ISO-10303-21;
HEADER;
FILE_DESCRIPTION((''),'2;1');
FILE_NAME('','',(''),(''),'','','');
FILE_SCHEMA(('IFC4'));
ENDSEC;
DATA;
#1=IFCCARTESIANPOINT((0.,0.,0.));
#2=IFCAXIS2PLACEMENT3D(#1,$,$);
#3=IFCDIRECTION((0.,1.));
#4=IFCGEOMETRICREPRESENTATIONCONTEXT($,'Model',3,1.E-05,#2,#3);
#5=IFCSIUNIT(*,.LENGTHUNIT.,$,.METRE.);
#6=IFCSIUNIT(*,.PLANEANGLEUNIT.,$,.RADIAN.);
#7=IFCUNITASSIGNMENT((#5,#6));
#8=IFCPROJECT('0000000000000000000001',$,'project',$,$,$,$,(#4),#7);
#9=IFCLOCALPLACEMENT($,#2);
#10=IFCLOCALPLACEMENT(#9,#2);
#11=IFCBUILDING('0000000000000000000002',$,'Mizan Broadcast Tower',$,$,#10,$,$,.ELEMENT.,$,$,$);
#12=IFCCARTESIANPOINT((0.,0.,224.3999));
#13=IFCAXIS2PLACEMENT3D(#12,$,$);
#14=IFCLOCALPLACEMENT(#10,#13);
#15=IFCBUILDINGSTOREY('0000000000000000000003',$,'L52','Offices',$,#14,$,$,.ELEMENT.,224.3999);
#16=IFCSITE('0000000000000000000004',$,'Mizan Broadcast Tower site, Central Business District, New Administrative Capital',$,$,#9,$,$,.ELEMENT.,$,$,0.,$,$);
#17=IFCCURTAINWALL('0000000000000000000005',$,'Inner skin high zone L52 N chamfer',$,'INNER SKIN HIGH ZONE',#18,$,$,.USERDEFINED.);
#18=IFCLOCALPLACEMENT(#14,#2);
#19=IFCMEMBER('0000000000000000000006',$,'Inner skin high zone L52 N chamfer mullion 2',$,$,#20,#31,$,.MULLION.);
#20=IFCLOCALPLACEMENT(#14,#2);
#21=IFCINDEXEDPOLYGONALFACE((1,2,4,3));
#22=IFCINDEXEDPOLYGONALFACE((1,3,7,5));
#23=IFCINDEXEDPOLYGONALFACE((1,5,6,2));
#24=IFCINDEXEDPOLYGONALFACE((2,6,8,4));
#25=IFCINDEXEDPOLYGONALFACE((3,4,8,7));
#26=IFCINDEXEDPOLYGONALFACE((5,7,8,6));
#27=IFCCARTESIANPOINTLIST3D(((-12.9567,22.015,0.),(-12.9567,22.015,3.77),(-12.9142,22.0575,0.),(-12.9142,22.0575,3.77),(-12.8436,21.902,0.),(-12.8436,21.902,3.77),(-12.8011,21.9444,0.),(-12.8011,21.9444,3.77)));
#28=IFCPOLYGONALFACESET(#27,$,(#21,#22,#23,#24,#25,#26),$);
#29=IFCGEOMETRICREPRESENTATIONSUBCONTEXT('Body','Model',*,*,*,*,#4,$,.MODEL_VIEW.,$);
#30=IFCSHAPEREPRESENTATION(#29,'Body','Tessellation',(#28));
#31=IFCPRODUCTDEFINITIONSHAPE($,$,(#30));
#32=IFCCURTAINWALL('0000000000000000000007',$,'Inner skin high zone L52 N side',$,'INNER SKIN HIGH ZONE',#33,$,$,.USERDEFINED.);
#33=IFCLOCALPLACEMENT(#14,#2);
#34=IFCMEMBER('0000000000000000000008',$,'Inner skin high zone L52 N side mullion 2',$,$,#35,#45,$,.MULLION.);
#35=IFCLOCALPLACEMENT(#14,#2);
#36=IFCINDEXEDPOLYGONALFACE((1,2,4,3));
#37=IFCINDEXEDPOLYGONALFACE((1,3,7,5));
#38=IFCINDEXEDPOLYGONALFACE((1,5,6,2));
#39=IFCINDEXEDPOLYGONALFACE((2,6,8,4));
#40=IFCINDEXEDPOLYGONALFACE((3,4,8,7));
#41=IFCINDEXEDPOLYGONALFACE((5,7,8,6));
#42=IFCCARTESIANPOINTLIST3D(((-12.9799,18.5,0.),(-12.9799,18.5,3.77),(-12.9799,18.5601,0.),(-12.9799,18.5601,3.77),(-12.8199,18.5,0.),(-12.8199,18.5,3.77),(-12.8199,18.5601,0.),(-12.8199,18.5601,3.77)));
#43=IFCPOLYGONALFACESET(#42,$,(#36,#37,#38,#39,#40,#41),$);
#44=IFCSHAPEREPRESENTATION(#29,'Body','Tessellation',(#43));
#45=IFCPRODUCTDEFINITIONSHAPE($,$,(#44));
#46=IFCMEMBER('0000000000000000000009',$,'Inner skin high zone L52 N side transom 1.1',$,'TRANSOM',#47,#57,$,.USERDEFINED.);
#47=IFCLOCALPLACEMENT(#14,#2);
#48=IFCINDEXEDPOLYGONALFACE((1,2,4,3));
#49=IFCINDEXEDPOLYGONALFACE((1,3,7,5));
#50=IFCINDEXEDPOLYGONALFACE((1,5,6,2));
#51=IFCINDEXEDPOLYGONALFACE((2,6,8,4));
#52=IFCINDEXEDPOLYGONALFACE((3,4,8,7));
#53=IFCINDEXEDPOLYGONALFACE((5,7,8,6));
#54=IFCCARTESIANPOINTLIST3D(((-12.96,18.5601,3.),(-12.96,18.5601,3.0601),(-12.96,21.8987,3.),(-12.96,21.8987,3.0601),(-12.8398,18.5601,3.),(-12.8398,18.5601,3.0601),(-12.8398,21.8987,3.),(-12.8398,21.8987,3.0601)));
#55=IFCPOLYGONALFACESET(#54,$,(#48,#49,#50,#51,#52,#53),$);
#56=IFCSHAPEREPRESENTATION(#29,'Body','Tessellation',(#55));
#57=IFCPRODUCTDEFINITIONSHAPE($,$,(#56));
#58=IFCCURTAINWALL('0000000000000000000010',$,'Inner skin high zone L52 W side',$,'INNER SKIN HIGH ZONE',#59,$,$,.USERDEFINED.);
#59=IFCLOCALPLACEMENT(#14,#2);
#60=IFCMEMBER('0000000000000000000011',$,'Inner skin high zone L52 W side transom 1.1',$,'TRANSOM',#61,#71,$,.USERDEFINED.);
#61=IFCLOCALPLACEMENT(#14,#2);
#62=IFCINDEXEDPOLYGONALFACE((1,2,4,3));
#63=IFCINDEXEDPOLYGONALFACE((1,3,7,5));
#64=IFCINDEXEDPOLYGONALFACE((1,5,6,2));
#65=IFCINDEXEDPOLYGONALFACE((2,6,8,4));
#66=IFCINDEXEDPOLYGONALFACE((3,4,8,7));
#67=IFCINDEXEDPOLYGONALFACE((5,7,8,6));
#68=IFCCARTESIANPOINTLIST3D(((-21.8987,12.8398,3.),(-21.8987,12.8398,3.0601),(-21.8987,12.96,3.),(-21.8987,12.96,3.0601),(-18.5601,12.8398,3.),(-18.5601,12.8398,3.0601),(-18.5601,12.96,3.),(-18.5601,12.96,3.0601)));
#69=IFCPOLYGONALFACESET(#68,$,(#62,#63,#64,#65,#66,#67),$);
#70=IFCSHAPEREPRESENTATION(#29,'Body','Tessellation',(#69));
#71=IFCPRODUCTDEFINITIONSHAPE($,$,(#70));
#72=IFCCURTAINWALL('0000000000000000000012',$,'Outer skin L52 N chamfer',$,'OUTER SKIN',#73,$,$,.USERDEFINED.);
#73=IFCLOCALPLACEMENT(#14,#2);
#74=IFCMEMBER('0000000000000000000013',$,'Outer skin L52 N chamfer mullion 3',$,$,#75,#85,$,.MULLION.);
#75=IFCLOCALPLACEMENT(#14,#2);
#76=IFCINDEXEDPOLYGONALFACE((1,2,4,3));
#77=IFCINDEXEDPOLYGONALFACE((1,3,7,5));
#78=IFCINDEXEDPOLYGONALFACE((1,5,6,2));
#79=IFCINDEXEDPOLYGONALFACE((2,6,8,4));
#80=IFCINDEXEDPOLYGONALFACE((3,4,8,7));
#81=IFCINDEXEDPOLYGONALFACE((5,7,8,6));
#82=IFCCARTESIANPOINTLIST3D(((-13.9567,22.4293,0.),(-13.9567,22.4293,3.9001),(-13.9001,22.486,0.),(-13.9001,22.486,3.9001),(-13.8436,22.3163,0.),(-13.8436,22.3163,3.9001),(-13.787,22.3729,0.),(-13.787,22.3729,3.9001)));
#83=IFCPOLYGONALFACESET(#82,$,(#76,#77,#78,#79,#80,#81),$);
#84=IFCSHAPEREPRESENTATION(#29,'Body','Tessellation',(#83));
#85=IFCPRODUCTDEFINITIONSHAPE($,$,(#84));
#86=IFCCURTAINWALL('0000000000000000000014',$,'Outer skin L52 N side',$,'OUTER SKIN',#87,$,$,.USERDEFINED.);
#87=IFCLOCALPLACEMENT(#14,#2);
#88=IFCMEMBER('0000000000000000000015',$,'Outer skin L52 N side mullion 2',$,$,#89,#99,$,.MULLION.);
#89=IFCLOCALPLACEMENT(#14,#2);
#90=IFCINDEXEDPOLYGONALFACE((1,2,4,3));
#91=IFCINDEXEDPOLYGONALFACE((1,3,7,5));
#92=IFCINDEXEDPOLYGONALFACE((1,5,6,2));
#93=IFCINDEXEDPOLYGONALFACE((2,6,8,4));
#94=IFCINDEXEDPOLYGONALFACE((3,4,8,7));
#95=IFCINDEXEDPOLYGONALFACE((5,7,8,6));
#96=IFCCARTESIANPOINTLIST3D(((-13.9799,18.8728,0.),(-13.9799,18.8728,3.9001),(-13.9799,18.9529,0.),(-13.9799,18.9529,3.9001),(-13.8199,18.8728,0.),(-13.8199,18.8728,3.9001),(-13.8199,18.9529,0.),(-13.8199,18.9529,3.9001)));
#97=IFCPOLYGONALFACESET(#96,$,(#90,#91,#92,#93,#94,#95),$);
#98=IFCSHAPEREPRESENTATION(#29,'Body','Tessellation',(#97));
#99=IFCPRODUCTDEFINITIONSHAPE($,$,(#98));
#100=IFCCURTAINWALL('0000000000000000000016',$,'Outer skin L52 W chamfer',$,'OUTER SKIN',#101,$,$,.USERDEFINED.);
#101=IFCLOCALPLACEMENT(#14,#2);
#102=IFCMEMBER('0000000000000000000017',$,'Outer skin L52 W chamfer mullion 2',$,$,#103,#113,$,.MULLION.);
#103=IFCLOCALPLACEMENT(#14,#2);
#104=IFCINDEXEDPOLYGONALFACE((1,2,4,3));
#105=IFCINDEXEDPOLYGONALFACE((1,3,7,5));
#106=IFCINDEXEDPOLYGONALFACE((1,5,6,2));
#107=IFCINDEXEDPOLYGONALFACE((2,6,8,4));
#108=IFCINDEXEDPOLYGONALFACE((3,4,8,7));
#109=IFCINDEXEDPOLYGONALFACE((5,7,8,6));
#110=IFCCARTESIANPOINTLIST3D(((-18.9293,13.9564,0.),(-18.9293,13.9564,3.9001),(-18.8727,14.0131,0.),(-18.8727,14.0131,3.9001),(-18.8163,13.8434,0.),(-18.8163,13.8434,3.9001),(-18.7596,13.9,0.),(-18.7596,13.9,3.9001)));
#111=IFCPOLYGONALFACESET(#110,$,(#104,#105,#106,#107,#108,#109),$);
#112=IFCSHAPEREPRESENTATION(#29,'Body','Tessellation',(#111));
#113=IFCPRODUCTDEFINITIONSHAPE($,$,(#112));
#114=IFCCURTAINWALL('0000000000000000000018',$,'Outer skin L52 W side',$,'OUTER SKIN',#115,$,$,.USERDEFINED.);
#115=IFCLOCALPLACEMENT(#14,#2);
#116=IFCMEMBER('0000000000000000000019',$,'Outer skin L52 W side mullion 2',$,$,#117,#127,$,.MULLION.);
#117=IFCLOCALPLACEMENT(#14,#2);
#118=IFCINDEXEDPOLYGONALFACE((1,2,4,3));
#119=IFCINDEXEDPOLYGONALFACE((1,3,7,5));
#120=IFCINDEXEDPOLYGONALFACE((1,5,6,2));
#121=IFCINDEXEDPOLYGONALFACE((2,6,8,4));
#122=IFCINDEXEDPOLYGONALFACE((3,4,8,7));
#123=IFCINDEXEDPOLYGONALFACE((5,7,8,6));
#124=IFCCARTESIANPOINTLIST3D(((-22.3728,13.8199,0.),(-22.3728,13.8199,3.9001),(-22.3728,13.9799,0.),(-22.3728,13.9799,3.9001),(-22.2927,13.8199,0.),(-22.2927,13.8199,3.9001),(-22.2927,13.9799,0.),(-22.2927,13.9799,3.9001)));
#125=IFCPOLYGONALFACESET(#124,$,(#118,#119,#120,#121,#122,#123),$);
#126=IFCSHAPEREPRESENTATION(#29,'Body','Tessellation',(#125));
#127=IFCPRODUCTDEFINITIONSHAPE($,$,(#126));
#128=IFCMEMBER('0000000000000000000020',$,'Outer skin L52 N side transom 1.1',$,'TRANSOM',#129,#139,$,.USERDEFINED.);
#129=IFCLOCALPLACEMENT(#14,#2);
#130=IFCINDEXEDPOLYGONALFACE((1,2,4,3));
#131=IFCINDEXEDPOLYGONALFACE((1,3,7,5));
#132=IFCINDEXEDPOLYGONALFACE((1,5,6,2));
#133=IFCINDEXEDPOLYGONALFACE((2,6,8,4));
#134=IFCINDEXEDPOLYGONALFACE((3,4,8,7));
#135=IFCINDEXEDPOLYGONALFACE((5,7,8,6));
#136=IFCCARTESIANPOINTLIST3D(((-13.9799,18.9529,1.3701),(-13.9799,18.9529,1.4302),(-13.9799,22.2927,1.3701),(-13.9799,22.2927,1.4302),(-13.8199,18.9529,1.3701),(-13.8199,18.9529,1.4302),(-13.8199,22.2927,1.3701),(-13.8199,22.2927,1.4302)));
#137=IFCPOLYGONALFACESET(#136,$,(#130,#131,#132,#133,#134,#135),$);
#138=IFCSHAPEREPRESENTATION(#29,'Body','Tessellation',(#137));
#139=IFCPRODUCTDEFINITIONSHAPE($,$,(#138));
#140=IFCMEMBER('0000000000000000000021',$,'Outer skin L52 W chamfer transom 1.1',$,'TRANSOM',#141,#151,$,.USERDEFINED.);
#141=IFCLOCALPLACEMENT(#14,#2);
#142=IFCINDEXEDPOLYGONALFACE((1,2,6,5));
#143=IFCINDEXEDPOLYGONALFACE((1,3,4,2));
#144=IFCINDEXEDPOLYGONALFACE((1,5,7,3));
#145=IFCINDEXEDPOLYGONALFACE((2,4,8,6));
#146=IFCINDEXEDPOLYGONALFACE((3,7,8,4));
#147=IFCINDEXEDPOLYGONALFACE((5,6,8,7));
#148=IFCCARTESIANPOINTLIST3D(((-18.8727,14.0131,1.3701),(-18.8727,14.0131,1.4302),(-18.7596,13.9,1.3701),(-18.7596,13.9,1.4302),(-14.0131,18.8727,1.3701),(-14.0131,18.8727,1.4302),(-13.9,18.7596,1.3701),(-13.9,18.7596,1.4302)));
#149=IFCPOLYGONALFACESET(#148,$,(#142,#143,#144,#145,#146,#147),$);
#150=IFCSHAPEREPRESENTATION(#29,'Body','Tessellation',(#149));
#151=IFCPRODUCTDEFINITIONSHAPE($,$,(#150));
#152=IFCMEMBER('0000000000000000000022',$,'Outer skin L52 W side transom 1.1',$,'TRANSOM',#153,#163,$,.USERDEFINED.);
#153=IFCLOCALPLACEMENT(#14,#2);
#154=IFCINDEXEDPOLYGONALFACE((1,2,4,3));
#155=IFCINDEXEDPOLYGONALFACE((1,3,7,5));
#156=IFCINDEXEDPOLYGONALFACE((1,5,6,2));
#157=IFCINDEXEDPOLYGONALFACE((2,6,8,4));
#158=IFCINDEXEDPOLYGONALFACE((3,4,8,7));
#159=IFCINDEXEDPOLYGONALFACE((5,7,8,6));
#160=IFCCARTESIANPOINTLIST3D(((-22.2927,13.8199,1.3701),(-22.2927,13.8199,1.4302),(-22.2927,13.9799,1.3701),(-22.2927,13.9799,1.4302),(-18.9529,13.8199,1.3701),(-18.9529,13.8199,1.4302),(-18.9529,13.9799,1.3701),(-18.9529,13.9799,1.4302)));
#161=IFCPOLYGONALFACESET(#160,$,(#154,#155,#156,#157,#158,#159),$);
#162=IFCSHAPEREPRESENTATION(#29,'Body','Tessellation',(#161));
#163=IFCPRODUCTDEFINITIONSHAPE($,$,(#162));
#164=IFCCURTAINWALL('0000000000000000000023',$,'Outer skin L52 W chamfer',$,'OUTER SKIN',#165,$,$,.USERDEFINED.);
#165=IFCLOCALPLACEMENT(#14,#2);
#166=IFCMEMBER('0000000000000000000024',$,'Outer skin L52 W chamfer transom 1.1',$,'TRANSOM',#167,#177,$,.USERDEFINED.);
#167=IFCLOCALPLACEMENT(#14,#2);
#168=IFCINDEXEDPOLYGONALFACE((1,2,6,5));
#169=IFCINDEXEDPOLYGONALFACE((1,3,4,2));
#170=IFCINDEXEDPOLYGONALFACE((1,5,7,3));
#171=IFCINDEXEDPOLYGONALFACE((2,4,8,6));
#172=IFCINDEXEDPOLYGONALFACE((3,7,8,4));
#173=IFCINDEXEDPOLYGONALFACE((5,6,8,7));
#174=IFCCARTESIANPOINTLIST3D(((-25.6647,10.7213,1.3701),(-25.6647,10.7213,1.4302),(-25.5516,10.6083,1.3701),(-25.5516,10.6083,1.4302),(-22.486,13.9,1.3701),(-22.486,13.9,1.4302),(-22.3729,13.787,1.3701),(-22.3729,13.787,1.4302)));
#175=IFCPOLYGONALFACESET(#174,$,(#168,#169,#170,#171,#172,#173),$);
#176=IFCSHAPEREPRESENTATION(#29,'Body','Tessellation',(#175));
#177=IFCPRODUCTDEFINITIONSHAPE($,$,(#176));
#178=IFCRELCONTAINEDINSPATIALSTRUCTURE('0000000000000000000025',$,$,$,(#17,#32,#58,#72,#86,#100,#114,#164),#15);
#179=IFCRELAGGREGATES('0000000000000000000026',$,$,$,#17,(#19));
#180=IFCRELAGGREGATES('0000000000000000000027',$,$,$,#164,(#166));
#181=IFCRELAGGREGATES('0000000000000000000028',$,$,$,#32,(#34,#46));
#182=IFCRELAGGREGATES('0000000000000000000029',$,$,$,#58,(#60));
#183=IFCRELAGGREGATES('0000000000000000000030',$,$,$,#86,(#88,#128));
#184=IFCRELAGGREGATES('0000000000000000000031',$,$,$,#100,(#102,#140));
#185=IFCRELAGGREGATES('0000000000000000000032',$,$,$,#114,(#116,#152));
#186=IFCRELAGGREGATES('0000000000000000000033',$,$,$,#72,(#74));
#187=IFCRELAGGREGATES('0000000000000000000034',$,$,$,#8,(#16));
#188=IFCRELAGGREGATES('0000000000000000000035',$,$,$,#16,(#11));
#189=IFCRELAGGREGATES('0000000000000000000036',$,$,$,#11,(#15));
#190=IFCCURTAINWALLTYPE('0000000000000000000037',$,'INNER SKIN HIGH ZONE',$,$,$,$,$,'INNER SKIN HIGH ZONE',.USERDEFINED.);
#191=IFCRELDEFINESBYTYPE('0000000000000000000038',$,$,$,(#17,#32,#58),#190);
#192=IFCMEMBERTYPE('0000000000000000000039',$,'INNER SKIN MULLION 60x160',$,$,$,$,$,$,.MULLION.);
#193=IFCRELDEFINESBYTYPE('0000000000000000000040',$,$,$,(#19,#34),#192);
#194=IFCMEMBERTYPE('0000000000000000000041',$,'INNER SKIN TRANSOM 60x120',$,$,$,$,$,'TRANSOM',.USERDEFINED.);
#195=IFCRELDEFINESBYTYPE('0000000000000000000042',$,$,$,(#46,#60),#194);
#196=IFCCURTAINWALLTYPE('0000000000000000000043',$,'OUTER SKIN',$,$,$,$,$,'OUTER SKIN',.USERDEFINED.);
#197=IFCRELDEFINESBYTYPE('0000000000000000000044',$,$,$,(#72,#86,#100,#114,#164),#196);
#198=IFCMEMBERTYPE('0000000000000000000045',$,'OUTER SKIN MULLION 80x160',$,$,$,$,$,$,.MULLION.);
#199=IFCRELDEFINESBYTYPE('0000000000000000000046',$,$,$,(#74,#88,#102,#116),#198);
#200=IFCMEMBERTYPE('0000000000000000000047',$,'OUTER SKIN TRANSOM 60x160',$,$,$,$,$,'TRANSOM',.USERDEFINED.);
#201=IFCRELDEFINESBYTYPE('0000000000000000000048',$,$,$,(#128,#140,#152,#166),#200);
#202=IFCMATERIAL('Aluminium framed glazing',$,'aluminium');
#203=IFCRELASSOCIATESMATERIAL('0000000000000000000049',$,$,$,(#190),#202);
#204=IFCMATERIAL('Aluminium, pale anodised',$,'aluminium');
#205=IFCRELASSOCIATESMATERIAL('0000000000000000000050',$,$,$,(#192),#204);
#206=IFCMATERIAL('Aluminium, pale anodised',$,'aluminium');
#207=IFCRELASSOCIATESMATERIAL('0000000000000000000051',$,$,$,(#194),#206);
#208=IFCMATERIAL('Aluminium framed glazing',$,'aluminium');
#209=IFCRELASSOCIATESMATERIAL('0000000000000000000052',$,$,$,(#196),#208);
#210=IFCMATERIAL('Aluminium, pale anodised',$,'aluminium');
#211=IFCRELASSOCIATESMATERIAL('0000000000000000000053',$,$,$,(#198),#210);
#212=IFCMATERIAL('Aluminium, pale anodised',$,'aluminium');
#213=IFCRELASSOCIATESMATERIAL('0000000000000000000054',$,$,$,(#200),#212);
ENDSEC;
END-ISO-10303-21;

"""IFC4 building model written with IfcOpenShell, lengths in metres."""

from ifc_helpers import new_model, si_unit, direction, frame, origin, origin_2d, place, context, subcontext, project, spatial, rectangle, extrude, material, material_profile, profile_set, type_object, element, aggregate, save


model = new_model("IFC4")

# Units and contexts
model_context = context("Model", 3, precision=1e-05, world=origin(), true_north=direction((0.0, 1.0)))
body_context = subcontext(model_context, "Body", "Model", "MODEL_VIEW")
ifc_project = project(units=[si_unit("LENGTHUNIT", "METRE"), si_unit("PLANEANGLEUNIT", "RADIAN")], contexts=[model_context])

# Site, building, storey
site_placement = place(None, origin())
site = spatial("IfcSite", under=ifc_project, at=site_placement, Name="Mizan Broadcast Tower site, Central Business District, New Administrative Capital", CompositionType="ELEMENT", RefElevation=0.0)
building_placement = place(site_placement, origin())
building = spatial("IfcBuilding", under=site, at=building_placement, Name="Mizan Broadcast Tower", CompositionType="ELEMENT")
storey_placement = place(building_placement, frame((0.0, 0.0, 224.3999)))
storey = spatial("IfcBuildingStorey", under=building, at=storey_placement, Name="L52", Description="Offices", CompositionType="ELEMENT", Elevation=224.3999)

# Curtain wall, member
ifc_material_1 = material(Name="Aluminium framed glazing", Category="aluminium")
curtain_wall_type_1 = type_object("IfcCurtainWallType", Name="INNER SKIN HIGH ZONE", ElementType="INNER SKIN HIGH ZONE", PredefinedType="USERDEFINED", material=ifc_material_1)
curtain_wall_1_placement = place(storey_placement, origin())
curtain_wall_1 = element("IfcCurtainWall", 1, at=curtain_wall_1_placement, inside=storey, type_object=curtain_wall_type_1, Name="Inner skin high zone L52 N chamfer", ObjectType="INNER SKIN HIGH ZONE", PredefinedType="USERDEFINED")
ifc_material_2 = material(Name="Aluminium, pale anodised", Category="aluminium")
ifc_material_profile_1 = material_profile(ifc_material_2, rectangle(XDim=0.1599, YDim=0.0601, at=origin_2d()), Name="MULLION 160x60")
ifc_profile_set_1 = profile_set([ifc_material_profile_1], Name="Aluminium, pale anodised")
member_type_1 = type_object("IfcMemberType", Name="INNER SKIN MULLION 60x160", PredefinedType="MULLION", material=ifc_profile_set_1)
member_1_placement = place(storey_placement, frame((-12.8789, 21.9797, 0.0), z_axis=(0.0, 0.0, 1.0), x_axis=(0.707107, -0.707107, 0.0)))
member_1 = element("IfcMember", 2, at=member_1_placement, type_object=member_type_1, Name="Inner skin high zone L52 N chamfer mullion 2", PredefinedType="MULLION", context=body_context, shape_type="SweptSolid", body=[
    extrude(rectangle(XDim=0.1599, YDim=0.0601, at=origin_2d()), origin(), (0.0, 0.0, 1.0), 3.77),
])
aggregate(curtain_wall_1, [member_1])

# Curtain wall, members
curtain_wall_2_placement = place(storey_placement, origin())
curtain_wall_2 = element("IfcCurtainWall", 3, at=curtain_wall_2_placement, inside=storey, type_object=curtain_wall_type_1, Name="Inner skin high zone L52 N side", ObjectType="INNER SKIN HIGH ZONE", PredefinedType="USERDEFINED")
member_2_placement = place(storey_placement, frame((-12.8999, 18.53, 0.0), z_axis=(0.0, 0.0, 1.0), x_axis=(1.0, 0.0, 0.0)))
member_2 = element("IfcMember", 4, at=member_2_placement, type_object=member_type_1, Name="Inner skin high zone L52 N side mullion 2", PredefinedType="MULLION", context=body_context, shape_type="SweptSolid", body=[
    extrude(rectangle(XDim=0.1599, YDim=0.0601, at=origin_2d()), origin(), (0.0, 0.0, 1.0), 3.77),
])
ifc_material_3 = material(Name="Aluminium, pale anodised", Category="aluminium")
ifc_material_profile_2 = material_profile(ifc_material_3, rectangle(XDim=0.1201, YDim=0.0601, at=origin_2d()), Name="TRANSOM 120x60")
ifc_profile_set_2 = profile_set([ifc_material_profile_2], Name="Aluminium, pale anodised")
member_type_2 = type_object("IfcMemberType", Name="INNER SKIN TRANSOM 60x120", ElementType="TRANSOM", PredefinedType="USERDEFINED", material=ifc_profile_set_2)
member_3_placement = place(storey_placement, frame((-12.8999, 21.8987, 3.03), z_axis=(0.0, -1.0, 0.0), x_axis=(1.0, 0.0, 0.0)))
member_3 = element("IfcMember", 5, at=member_3_placement, type_object=member_type_2, Name="Inner skin high zone L52 N side transom 1.1", ObjectType="TRANSOM", PredefinedType="USERDEFINED", context=body_context, shape_type="SweptSolid", body=[
    extrude(rectangle(XDim=0.1201, YDim=0.0601, at=origin_2d()), origin(), (0.0, 0.0, 1.0), 3.3386),
])

# Curtain walls, members
curtain_wall_3_placement = place(storey_placement, origin())
curtain_wall_3 = element("IfcCurtainWall", 6, at=curtain_wall_3_placement, inside=storey, type_object=curtain_wall_type_1, Name="Inner skin high zone L52 W side", ObjectType="INNER SKIN HIGH ZONE", PredefinedType="USERDEFINED")
member_4_placement = place(storey_placement, frame((-18.5601, 12.8999, 3.03), z_axis=(-1.0, 0.0, 0.0), x_axis=(0.0, -1.0, 0.0)))
member_4 = element("IfcMember", 7, at=member_4_placement, type_object=member_type_2, Name="Inner skin high zone L52 W side transom 1.1", ObjectType="TRANSOM", PredefinedType="USERDEFINED", context=body_context, shape_type="SweptSolid", body=[
    extrude(rectangle(XDim=0.1201, YDim=0.0601, at=origin_2d()), origin(), (0.0, 0.0, 1.0), 3.3386),
])
ifc_material_4 = material(Name="Aluminium framed glazing", Category="aluminium")
curtain_wall_type_2 = type_object("IfcCurtainWallType", Name="OUTER SKIN", ElementType="OUTER SKIN", PredefinedType="USERDEFINED", material=ifc_material_4)
curtain_wall_4_placement = place(storey_placement, origin())
curtain_wall_4 = element("IfcCurtainWall", 8, at=curtain_wall_4_placement, inside=storey, type_object=curtain_wall_type_2, Name="Outer skin L52 N chamfer", ObjectType="OUTER SKIN", PredefinedType="USERDEFINED")
ifc_material_5 = material(Name="Aluminium, pale anodised", Category="aluminium")
ifc_material_profile_3 = material_profile(ifc_material_5, rectangle(XDim=0.1599, YDim=0.0801, at=origin_2d()), Name="MULLION 160x80")
ifc_profile_set_3 = profile_set([ifc_material_profile_3], Name="Aluminium, pale anodised")
member_type_3 = type_object("IfcMemberType", Name="OUTER SKIN MULLION 80x160", PredefinedType="MULLION", material=ifc_profile_set_3)
member_5_placement = place(storey_placement, frame((-13.8718, 22.4011, 0.0), z_axis=(0.0, 0.0, 1.0), x_axis=(0.707107, -0.707107, 0.0)))
member_5 = element("IfcMember", 9, at=member_5_placement, type_object=member_type_3, Name="Outer skin L52 N chamfer mullion 3", PredefinedType="MULLION", context=body_context, shape_type="SweptSolid", body=[
    extrude(rectangle(XDim=0.1599, YDim=0.0801, at=origin_2d()), origin(), (0.0, 0.0, 1.0), 3.9001),
])
curtain_wall_5_placement = place(storey_placement, origin())
curtain_wall_5 = element("IfcCurtainWall", 10, at=curtain_wall_5_placement, inside=storey, type_object=curtain_wall_type_2, Name="Outer skin L52 N side", ObjectType="OUTER SKIN", PredefinedType="USERDEFINED")
member_6_placement = place(storey_placement, frame((-13.8999, 18.9128, 0.0), z_axis=(0.0, 0.0, 1.0), x_axis=(1.0, 0.0, 0.0)))
member_6 = element("IfcMember", 11, at=member_6_placement, type_object=member_type_3, Name="Outer skin L52 N side mullion 2", PredefinedType="MULLION", context=body_context, shape_type="SweptSolid", body=[
    extrude(rectangle(XDim=0.1599, YDim=0.0801, at=origin_2d()), origin(), (0.0, 0.0, 1.0), 3.9001),
])
curtain_wall_6_placement = place(storey_placement, origin())
curtain_wall_6 = element("IfcCurtainWall", 12, at=curtain_wall_6_placement, inside=storey, type_object=curtain_wall_type_2, Name="Outer skin L52 W chamfer", ObjectType="OUTER SKIN", PredefinedType="USERDEFINED")
member_7_placement = place(storey_placement, frame((-18.8445, 13.9282, 0.0), z_axis=(0.0, 0.0, 1.0), x_axis=(0.707107, -0.707107, 0.0)))
member_7 = element("IfcMember", 13, at=member_7_placement, type_object=member_type_3, Name="Outer skin L52 W chamfer mullion 2", PredefinedType="MULLION", context=body_context, shape_type="SweptSolid", body=[
    extrude(rectangle(XDim=0.1599, YDim=0.0801, at=origin_2d()), origin(), (0.0, 0.0, 1.0), 3.9001),
])
curtain_wall_7_placement = place(storey_placement, origin())
curtain_wall_7 = element("IfcCurtainWall", 14, at=curtain_wall_7_placement, inside=storey, type_object=curtain_wall_type_2, Name="Outer skin L52 W side", ObjectType="OUTER SKIN", PredefinedType="USERDEFINED")
member_8_placement = place(storey_placement, frame((-22.3328, 13.8999, 0.0), z_axis=(0.0, 0.0, 1.0), x_axis=(0.0, -1.0, 0.0)))
member_8 = element("IfcMember", 15, at=member_8_placement, type_object=member_type_3, Name="Outer skin L52 W side mullion 2", PredefinedType="MULLION", context=body_context, shape_type="SweptSolid", body=[
    extrude(rectangle(XDim=0.1599, YDim=0.0801, at=origin_2d()), origin(), (0.0, 0.0, 1.0), 3.9001),
])

# Members
ifc_material_6 = material(Name="Aluminium, pale anodised", Category="aluminium")
ifc_material_profile_4 = material_profile(ifc_material_6, rectangle(XDim=0.1599, YDim=0.0601, at=origin_2d()), Name="TRANSOM 160x60")
ifc_profile_set_4 = profile_set([ifc_material_profile_4], Name="Aluminium, pale anodised")
member_type_4 = type_object("IfcMemberType", Name="OUTER SKIN TRANSOM 60x160", ElementType="TRANSOM", PredefinedType="USERDEFINED", material=ifc_profile_set_4)
member_9_placement = place(storey_placement, frame((-13.8999, 22.2927, 1.4001), z_axis=(0.0, -1.0, 0.0), x_axis=(1.0, 0.0, 0.0)))
member_9 = element("IfcMember", 16, at=member_9_placement, type_object=member_type_4, Name="Outer skin L52 N side transom 1.1", ObjectType="TRANSOM", PredefinedType="USERDEFINED", context=body_context, shape_type="SweptSolid", body=[
    extrude(rectangle(XDim=0.1599, YDim=0.0601, at=origin_2d()), origin(), (0.0, 0.0, 1.0), 3.3398),
])
member_10_placement = place(storey_placement, frame((-13.9565, 18.8162, 1.4001), z_axis=(-0.707107, -0.707107, 0.0), x_axis=(0.707107, -0.707107, 0.0)))
member_10 = element("IfcMember", 17, at=member_10_placement, type_object=member_type_4, Name="Outer skin L52 W chamfer transom 1.1", ObjectType="TRANSOM", PredefinedType="USERDEFINED", context=body_context, shape_type="SweptSolid", body=[
    extrude(rectangle(XDim=0.1599, YDim=0.0601, at=origin_2d()), origin(), (0.0, 0.0, 1.0), 6.8726),
])
member_11_placement = place(storey_placement, frame((-18.9529, 13.8999, 1.4001), z_axis=(-1.0, 0.0, 0.0), x_axis=(0.0, -1.0, 0.0)))
member_11 = element("IfcMember", 18, at=member_11_placement, type_object=member_type_4, Name="Outer skin L52 W side transom 1.1", ObjectType="TRANSOM", PredefinedType="USERDEFINED", context=body_context, shape_type="SweptSolid", body=[
    extrude(rectangle(XDim=0.1599, YDim=0.0601, at=origin_2d()), origin(), (0.0, 0.0, 1.0), 3.3398),
])

# Curtain wall, member
curtain_wall_8_placement = place(storey_placement, origin())
curtain_wall_8 = element("IfcCurtainWall", 19, at=curtain_wall_8_placement, inside=storey, type_object=curtain_wall_type_2, Name="Outer skin L52 W chamfer", ObjectType="OUTER SKIN", PredefinedType="USERDEFINED")
member_12_placement = place(storey_placement, frame((-22.4294, 13.8435, 1.4001), z_axis=(-0.707107, -0.707107, 0.0), x_axis=(0.707107, -0.707107, 0.0)))
member_12 = element("IfcMember", 20, at=member_12_placement, type_object=member_type_4, Name="Outer skin L52 W chamfer transom 1.1", ObjectType="TRANSOM", PredefinedType="USERDEFINED", context=body_context, shape_type="SweptSolid", body=[
    extrude(rectangle(XDim=0.1599, YDim=0.0601, at=origin_2d()), origin(), (0.0, 0.0, 1.0), 4.4954),
])
aggregate(curtain_wall_8, [member_12])

aggregate(curtain_wall_2, [member_2, member_3])
aggregate(curtain_wall_3, [member_4])
aggregate(curtain_wall_5, [member_6, member_9])
aggregate(curtain_wall_6, [member_7, member_10])
aggregate(curtain_wall_7, [member_8, member_11])
aggregate(curtain_wall_4, [member_5])

save(model, "model.ifc")
